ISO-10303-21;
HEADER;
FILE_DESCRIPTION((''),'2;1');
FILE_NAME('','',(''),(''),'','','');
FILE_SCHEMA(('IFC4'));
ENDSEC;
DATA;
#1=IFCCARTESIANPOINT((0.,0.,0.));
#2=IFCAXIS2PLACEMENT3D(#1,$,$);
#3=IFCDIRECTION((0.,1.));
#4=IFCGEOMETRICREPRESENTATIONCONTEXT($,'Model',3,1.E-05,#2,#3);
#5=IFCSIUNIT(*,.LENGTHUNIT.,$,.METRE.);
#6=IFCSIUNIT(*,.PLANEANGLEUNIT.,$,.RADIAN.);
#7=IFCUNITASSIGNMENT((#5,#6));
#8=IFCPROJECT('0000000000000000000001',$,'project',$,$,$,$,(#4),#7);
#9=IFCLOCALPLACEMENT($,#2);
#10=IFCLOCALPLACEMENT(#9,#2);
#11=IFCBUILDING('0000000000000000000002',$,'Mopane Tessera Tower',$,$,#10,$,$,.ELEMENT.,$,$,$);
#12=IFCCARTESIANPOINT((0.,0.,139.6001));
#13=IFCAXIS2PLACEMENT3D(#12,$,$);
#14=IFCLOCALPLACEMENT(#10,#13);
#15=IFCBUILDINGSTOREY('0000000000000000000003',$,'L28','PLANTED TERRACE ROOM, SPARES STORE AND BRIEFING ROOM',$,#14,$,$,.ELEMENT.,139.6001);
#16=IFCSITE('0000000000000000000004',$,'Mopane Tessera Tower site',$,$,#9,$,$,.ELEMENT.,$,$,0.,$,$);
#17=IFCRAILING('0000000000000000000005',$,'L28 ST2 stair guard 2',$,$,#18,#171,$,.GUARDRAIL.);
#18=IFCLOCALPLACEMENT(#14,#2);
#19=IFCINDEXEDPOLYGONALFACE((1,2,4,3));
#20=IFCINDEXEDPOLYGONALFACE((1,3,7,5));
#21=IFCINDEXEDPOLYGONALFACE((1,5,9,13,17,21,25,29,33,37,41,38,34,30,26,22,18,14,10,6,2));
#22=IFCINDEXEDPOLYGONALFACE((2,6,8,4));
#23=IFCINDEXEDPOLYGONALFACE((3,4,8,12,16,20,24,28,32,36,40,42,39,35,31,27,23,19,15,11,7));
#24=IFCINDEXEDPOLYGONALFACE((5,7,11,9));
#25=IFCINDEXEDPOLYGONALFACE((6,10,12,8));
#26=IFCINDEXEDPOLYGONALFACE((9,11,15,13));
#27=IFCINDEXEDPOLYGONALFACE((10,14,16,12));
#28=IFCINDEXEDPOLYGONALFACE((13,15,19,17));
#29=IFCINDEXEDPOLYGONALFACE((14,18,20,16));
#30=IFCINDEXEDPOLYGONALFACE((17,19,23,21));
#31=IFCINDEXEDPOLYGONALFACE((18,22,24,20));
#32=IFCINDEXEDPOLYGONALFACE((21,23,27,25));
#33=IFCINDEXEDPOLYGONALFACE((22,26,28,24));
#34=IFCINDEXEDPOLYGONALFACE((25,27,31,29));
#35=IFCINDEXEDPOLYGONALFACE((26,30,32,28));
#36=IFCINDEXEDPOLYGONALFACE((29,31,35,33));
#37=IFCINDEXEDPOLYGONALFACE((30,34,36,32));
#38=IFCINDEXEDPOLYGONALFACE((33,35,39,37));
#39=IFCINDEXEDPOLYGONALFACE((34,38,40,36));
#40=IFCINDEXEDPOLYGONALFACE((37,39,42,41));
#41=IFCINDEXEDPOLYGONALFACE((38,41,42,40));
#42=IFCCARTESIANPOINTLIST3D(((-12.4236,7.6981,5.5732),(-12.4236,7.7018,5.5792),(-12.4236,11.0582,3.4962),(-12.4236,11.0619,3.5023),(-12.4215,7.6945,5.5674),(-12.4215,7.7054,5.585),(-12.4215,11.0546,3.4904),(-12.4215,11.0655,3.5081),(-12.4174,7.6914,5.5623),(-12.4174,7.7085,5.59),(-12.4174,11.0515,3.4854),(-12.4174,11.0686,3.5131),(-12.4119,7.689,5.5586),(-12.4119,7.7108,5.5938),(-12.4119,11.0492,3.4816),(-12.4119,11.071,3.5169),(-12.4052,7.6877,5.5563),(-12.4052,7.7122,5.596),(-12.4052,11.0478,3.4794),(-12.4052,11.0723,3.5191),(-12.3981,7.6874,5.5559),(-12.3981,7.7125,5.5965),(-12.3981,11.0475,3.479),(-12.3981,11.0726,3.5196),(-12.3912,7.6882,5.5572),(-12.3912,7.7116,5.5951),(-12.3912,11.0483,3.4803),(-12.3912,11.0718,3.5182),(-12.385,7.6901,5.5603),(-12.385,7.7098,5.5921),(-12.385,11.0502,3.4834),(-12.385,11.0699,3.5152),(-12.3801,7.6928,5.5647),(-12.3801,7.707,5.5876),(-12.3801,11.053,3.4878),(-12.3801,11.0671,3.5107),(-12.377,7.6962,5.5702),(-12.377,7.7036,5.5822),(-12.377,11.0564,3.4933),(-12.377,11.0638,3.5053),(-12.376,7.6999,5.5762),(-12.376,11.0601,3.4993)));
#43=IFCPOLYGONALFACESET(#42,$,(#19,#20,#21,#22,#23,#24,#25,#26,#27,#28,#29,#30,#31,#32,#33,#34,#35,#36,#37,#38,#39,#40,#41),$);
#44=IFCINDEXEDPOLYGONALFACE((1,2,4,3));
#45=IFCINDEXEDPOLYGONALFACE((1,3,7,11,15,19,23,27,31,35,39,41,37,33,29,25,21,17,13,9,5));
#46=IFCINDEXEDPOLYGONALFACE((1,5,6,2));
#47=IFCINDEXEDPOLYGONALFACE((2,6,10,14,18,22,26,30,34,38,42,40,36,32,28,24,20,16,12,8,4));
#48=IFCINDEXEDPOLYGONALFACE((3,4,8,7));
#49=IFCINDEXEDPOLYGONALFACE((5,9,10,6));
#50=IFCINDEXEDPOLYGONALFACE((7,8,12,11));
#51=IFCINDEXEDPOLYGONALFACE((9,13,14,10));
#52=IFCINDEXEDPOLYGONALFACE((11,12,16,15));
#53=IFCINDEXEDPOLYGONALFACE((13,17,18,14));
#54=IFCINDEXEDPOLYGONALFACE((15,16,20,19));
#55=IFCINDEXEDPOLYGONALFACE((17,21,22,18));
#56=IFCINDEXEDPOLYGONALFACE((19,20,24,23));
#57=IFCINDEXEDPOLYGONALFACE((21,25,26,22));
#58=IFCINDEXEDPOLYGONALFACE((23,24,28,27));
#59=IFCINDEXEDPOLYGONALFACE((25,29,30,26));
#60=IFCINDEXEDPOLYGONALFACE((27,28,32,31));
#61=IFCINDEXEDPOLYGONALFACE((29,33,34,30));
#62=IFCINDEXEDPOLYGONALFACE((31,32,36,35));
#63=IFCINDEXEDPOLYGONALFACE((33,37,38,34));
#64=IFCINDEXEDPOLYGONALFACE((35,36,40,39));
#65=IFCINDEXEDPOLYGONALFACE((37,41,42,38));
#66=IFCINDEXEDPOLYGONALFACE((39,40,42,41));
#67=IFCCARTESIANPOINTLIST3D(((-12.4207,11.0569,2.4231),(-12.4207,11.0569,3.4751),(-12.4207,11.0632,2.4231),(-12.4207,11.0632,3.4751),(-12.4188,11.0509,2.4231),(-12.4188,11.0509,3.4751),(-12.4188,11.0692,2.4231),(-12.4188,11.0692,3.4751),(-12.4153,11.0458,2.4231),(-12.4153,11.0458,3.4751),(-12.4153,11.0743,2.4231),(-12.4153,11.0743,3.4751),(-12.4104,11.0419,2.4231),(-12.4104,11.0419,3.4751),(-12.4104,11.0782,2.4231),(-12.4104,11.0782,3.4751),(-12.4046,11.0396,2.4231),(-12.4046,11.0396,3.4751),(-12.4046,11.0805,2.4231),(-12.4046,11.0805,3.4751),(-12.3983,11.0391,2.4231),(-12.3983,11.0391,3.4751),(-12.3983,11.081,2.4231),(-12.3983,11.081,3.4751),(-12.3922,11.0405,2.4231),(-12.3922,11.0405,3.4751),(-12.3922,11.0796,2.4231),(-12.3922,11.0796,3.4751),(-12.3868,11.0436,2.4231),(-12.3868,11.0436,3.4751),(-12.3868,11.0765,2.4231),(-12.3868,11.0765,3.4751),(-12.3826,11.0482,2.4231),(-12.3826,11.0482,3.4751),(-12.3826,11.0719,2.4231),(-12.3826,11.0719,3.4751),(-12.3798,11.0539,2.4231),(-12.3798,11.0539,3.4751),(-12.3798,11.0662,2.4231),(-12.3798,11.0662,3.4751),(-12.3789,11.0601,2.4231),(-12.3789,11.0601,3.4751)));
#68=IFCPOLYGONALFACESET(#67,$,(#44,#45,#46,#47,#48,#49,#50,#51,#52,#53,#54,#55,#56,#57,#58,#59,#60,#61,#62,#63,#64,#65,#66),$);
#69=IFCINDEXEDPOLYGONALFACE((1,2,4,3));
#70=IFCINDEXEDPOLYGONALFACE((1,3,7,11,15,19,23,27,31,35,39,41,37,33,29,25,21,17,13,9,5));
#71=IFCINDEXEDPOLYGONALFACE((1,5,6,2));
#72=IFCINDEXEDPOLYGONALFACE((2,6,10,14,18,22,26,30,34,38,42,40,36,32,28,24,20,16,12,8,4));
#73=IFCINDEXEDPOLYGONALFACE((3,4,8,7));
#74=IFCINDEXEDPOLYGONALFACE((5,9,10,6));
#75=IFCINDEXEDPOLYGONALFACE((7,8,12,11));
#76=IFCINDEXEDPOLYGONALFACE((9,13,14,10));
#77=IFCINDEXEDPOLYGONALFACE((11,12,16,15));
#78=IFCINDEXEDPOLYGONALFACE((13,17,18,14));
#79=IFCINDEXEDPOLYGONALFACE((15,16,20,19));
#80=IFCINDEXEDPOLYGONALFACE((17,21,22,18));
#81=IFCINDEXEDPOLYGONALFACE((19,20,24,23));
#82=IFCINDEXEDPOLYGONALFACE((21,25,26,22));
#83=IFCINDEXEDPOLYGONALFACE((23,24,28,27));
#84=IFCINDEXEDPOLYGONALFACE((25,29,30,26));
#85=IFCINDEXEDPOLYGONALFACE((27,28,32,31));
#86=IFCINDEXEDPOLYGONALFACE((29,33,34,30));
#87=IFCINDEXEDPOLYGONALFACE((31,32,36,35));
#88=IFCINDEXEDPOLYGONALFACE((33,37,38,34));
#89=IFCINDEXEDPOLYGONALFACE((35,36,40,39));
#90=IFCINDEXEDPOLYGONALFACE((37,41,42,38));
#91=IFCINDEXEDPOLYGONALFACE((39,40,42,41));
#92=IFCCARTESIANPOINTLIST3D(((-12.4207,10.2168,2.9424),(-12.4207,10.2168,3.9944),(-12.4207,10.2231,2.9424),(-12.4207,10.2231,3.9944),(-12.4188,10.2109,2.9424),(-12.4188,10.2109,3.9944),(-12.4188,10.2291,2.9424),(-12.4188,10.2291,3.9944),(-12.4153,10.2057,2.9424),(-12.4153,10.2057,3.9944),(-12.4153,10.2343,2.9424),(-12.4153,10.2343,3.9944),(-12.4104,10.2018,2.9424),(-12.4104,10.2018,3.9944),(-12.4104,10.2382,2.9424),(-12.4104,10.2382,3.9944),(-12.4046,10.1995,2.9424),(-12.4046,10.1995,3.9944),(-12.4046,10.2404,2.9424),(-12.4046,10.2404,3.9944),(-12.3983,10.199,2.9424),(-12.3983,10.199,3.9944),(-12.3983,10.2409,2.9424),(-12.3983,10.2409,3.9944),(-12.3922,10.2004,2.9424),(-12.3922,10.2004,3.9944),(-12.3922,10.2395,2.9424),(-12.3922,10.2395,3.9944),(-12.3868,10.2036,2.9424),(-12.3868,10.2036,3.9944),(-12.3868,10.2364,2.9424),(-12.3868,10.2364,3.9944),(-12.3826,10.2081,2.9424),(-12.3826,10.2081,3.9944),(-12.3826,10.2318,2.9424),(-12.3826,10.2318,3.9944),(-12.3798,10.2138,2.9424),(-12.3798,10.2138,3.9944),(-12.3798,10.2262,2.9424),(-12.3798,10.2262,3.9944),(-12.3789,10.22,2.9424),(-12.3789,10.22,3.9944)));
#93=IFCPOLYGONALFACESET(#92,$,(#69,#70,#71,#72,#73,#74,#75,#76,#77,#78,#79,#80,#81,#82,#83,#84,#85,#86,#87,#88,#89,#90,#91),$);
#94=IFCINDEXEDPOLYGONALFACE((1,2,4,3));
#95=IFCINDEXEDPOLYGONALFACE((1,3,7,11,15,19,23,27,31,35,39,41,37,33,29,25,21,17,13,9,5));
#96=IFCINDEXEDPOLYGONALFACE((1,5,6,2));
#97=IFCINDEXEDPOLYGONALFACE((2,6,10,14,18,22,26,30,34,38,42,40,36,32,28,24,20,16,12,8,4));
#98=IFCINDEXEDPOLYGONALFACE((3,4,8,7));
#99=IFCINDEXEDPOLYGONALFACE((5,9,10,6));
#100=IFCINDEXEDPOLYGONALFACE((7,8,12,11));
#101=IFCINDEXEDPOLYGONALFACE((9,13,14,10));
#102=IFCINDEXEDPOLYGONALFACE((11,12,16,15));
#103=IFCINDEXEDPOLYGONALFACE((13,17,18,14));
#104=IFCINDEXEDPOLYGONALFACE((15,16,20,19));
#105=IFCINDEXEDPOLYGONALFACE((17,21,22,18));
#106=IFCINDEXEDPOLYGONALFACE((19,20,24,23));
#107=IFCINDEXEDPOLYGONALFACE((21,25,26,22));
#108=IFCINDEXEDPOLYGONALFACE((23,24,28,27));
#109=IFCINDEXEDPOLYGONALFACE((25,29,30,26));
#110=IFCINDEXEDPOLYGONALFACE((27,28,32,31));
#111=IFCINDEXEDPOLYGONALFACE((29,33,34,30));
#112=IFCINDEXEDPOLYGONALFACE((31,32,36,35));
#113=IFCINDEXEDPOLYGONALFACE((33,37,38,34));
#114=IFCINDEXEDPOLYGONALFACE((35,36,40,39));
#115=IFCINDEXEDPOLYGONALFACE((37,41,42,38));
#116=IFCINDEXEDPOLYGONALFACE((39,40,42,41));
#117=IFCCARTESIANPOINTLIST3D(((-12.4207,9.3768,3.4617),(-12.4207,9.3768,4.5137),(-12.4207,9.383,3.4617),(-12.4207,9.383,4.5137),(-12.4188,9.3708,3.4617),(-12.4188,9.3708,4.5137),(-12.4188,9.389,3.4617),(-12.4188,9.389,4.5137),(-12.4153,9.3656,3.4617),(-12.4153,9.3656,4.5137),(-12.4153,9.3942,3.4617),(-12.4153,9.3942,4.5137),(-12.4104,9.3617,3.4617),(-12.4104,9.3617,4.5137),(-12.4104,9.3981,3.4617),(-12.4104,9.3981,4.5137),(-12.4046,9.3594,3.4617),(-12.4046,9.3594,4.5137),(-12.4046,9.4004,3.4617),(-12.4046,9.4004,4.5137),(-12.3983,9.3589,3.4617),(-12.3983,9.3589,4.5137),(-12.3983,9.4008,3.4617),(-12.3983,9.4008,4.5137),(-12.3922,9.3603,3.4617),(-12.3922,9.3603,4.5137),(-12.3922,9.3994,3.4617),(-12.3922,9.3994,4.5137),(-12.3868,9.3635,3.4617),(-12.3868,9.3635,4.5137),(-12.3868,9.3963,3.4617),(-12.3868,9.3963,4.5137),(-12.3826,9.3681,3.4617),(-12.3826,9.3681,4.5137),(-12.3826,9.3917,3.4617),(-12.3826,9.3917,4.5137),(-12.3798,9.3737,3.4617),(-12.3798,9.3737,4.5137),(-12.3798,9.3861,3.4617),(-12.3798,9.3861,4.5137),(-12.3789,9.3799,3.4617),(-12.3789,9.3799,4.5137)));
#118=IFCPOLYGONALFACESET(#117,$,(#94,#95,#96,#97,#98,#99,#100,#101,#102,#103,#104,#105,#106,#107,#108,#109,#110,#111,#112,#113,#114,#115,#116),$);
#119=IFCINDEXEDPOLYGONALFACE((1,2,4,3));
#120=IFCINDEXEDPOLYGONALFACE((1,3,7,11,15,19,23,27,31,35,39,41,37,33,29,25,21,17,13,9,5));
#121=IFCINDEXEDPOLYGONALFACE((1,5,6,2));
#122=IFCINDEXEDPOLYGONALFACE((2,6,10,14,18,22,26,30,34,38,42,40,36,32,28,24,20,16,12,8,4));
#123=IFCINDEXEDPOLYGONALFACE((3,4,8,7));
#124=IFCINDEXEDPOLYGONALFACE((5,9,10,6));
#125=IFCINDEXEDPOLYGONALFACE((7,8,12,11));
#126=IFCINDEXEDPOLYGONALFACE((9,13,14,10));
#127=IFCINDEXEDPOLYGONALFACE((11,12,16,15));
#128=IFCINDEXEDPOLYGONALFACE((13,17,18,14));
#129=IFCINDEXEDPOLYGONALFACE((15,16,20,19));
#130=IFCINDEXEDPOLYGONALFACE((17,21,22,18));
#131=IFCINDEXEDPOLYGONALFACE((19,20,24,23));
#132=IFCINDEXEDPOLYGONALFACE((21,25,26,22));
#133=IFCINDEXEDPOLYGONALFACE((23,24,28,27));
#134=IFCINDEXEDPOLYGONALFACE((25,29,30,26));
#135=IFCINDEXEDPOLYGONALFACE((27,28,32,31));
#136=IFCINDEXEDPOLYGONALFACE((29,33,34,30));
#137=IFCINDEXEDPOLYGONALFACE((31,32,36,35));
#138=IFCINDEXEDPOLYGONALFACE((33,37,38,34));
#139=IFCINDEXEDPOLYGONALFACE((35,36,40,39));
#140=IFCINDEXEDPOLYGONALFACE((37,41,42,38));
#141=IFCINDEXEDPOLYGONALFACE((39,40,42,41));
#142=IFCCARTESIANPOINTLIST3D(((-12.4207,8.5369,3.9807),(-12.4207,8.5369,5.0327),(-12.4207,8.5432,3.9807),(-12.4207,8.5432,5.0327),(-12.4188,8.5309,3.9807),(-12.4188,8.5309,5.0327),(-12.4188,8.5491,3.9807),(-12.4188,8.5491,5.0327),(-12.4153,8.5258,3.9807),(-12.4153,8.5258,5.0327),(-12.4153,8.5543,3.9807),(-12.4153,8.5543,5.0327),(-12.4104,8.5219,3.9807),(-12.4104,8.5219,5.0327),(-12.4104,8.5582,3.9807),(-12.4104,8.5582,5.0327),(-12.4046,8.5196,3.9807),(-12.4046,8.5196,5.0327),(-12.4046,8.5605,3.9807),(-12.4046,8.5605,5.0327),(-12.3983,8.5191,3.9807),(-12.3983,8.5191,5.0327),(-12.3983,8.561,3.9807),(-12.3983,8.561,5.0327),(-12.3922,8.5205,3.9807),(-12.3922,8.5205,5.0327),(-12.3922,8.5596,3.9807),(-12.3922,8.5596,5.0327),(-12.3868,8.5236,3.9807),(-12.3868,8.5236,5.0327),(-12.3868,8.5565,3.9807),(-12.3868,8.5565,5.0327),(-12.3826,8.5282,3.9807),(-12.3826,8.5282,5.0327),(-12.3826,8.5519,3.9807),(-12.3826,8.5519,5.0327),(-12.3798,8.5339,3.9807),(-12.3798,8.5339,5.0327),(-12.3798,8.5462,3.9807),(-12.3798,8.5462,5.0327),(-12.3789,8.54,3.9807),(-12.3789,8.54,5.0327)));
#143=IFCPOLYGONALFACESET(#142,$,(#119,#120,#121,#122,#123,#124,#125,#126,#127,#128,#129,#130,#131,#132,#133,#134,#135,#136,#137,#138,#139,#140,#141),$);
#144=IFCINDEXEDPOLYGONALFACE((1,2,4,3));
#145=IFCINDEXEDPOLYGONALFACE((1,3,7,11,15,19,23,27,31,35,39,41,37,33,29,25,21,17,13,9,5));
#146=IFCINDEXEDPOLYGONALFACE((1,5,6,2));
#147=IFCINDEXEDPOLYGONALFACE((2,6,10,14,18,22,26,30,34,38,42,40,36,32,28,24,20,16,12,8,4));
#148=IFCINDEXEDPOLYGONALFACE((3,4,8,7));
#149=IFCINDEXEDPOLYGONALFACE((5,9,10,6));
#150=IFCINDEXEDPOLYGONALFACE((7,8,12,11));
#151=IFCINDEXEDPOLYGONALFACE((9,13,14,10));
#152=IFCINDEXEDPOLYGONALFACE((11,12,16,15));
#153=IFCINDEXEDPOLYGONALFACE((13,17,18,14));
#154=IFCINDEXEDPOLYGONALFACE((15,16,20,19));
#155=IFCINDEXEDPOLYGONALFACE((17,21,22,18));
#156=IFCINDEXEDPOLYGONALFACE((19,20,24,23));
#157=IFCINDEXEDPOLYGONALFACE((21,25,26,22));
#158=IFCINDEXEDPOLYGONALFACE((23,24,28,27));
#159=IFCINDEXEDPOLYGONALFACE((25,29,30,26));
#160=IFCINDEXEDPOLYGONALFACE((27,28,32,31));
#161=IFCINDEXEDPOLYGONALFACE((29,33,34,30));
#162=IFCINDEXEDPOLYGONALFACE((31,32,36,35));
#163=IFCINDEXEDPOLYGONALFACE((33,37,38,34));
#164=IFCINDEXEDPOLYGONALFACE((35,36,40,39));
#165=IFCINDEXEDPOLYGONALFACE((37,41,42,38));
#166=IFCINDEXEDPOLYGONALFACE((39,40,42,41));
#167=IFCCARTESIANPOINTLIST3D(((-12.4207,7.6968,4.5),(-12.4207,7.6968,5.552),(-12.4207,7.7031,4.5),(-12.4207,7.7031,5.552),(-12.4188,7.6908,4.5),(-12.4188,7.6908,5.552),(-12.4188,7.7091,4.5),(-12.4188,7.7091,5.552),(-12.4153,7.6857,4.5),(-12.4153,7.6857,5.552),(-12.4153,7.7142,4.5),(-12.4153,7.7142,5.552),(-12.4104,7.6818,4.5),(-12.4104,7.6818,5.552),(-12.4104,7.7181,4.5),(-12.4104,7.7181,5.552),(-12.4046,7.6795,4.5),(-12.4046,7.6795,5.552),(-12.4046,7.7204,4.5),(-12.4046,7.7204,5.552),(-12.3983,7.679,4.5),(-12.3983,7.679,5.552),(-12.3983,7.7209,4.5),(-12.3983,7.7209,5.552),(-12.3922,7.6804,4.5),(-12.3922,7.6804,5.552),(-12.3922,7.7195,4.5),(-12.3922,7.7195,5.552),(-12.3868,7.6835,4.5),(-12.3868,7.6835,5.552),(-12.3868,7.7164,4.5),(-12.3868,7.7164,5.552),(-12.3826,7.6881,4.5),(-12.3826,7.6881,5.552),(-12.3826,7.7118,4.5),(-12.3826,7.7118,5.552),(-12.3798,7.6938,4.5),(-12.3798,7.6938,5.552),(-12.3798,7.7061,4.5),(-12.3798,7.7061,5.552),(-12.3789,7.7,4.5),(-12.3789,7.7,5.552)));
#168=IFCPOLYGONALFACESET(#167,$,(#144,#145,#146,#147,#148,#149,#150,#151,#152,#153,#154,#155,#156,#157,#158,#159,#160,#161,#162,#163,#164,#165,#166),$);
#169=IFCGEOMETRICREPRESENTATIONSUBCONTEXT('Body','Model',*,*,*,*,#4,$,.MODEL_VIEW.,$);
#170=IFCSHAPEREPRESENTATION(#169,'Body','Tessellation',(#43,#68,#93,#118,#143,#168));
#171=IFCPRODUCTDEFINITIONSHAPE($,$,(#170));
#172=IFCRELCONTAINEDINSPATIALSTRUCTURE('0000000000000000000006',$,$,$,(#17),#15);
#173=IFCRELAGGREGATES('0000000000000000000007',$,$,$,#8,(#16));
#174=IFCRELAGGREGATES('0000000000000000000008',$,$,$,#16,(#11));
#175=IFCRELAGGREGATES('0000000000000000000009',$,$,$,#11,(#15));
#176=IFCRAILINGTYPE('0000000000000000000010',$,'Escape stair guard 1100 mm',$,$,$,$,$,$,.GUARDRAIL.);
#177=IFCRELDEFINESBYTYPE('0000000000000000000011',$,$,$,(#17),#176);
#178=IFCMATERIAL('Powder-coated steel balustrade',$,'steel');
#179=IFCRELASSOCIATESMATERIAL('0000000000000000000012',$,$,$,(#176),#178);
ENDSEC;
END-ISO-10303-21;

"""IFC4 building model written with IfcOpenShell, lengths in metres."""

from ifc_helpers import new_model, si_unit, direction, frame, origin, origin_2d, place, context, subcontext, project, spatial, circle, extrude, material, type_object, element, save


model = new_model("IFC4")

# Units and contexts
model_context = context("Model", 3, precision=1e-05, world=origin(), true_north=direction((0.0, 1.0)))
body_context = subcontext(model_context, "Body", "Model", "MODEL_VIEW")
ifc_project = project(units=[si_unit("LENGTHUNIT", "METRE"), si_unit("PLANEANGLEUNIT", "RADIAN")], contexts=[model_context])

# Site, building, storey
site_placement = place(None, origin())
site = spatial("IfcSite", under=ifc_project, at=site_placement, Name="Mopane Tessera Tower site", CompositionType="ELEMENT", RefElevation=0.0)
building_placement = place(site_placement, origin())
building = spatial("IfcBuilding", under=site, at=building_placement, Name="Mopane Tessera Tower", CompositionType="ELEMENT")
storey_placement = place(building_placement, frame((0.0, 0.0, 139.6001)))
storey = spatial("IfcBuildingStorey", under=building, at=storey_placement, Name="L28", Description="PLANTED TERRACE ROOM, SPARES STORE AND BRIEFING ROOM", CompositionType="ELEMENT", Elevation=139.6001)

# Railing
ifc_material_1 = material(Name="Powder-coated steel balustrade", Category="steel")
railing_type_1 = type_object("IfcRailingType", Name="Escape stair guard 1100 mm", PredefinedType="GUARDRAIL", material=ifc_material_1)
railing_1_placement = place(storey_placement, frame((-12.3999, 11.0601, 2.4231)))
element("IfcRailing", 1, at=railing_1_placement, inside=storey, type_object=railing_type_1, Name="L28 ST2 stair guard 2", PredefinedType="GUARDRAIL", context=body_context, shape_type="SweptSolid", body=[
    extrude(circle(Radius=0.0239, at=origin_2d()), frame((0.0, 0.0, 1.0762), z_axis=(0.0, -0.850623, 0.525776), x_axis=(1.0, 0.0, 0.0)), (0.0, 0.0, 1.0), 3.9502),
    extrude(circle(Radius=0.021, at=origin_2d()), origin(), (0.0, 0.0, 1.0), 1.052),
    extrude(circle(Radius=0.021, at=origin_2d()), frame((0.0, -0.8401, 0.5193)), (0.0, 0.0, 1.0), 1.052),
    extrude(circle(Radius=0.021, at=origin_2d()), frame((0.0, -1.6802, 1.0386)), (0.0, 0.0, 1.0), 1.052),
    extrude(circle(Radius=0.021, at=origin_2d()), frame((0.0, -2.52, 1.5576)), (0.0, 0.0, 1.0), 1.052),
    extrude(circle(Radius=0.021, at=origin_2d()), frame((0.0, -3.3601, 2.0769)), (0.0, 0.0, 1.0), 1.052),
])

save(model, "model.ifc")
